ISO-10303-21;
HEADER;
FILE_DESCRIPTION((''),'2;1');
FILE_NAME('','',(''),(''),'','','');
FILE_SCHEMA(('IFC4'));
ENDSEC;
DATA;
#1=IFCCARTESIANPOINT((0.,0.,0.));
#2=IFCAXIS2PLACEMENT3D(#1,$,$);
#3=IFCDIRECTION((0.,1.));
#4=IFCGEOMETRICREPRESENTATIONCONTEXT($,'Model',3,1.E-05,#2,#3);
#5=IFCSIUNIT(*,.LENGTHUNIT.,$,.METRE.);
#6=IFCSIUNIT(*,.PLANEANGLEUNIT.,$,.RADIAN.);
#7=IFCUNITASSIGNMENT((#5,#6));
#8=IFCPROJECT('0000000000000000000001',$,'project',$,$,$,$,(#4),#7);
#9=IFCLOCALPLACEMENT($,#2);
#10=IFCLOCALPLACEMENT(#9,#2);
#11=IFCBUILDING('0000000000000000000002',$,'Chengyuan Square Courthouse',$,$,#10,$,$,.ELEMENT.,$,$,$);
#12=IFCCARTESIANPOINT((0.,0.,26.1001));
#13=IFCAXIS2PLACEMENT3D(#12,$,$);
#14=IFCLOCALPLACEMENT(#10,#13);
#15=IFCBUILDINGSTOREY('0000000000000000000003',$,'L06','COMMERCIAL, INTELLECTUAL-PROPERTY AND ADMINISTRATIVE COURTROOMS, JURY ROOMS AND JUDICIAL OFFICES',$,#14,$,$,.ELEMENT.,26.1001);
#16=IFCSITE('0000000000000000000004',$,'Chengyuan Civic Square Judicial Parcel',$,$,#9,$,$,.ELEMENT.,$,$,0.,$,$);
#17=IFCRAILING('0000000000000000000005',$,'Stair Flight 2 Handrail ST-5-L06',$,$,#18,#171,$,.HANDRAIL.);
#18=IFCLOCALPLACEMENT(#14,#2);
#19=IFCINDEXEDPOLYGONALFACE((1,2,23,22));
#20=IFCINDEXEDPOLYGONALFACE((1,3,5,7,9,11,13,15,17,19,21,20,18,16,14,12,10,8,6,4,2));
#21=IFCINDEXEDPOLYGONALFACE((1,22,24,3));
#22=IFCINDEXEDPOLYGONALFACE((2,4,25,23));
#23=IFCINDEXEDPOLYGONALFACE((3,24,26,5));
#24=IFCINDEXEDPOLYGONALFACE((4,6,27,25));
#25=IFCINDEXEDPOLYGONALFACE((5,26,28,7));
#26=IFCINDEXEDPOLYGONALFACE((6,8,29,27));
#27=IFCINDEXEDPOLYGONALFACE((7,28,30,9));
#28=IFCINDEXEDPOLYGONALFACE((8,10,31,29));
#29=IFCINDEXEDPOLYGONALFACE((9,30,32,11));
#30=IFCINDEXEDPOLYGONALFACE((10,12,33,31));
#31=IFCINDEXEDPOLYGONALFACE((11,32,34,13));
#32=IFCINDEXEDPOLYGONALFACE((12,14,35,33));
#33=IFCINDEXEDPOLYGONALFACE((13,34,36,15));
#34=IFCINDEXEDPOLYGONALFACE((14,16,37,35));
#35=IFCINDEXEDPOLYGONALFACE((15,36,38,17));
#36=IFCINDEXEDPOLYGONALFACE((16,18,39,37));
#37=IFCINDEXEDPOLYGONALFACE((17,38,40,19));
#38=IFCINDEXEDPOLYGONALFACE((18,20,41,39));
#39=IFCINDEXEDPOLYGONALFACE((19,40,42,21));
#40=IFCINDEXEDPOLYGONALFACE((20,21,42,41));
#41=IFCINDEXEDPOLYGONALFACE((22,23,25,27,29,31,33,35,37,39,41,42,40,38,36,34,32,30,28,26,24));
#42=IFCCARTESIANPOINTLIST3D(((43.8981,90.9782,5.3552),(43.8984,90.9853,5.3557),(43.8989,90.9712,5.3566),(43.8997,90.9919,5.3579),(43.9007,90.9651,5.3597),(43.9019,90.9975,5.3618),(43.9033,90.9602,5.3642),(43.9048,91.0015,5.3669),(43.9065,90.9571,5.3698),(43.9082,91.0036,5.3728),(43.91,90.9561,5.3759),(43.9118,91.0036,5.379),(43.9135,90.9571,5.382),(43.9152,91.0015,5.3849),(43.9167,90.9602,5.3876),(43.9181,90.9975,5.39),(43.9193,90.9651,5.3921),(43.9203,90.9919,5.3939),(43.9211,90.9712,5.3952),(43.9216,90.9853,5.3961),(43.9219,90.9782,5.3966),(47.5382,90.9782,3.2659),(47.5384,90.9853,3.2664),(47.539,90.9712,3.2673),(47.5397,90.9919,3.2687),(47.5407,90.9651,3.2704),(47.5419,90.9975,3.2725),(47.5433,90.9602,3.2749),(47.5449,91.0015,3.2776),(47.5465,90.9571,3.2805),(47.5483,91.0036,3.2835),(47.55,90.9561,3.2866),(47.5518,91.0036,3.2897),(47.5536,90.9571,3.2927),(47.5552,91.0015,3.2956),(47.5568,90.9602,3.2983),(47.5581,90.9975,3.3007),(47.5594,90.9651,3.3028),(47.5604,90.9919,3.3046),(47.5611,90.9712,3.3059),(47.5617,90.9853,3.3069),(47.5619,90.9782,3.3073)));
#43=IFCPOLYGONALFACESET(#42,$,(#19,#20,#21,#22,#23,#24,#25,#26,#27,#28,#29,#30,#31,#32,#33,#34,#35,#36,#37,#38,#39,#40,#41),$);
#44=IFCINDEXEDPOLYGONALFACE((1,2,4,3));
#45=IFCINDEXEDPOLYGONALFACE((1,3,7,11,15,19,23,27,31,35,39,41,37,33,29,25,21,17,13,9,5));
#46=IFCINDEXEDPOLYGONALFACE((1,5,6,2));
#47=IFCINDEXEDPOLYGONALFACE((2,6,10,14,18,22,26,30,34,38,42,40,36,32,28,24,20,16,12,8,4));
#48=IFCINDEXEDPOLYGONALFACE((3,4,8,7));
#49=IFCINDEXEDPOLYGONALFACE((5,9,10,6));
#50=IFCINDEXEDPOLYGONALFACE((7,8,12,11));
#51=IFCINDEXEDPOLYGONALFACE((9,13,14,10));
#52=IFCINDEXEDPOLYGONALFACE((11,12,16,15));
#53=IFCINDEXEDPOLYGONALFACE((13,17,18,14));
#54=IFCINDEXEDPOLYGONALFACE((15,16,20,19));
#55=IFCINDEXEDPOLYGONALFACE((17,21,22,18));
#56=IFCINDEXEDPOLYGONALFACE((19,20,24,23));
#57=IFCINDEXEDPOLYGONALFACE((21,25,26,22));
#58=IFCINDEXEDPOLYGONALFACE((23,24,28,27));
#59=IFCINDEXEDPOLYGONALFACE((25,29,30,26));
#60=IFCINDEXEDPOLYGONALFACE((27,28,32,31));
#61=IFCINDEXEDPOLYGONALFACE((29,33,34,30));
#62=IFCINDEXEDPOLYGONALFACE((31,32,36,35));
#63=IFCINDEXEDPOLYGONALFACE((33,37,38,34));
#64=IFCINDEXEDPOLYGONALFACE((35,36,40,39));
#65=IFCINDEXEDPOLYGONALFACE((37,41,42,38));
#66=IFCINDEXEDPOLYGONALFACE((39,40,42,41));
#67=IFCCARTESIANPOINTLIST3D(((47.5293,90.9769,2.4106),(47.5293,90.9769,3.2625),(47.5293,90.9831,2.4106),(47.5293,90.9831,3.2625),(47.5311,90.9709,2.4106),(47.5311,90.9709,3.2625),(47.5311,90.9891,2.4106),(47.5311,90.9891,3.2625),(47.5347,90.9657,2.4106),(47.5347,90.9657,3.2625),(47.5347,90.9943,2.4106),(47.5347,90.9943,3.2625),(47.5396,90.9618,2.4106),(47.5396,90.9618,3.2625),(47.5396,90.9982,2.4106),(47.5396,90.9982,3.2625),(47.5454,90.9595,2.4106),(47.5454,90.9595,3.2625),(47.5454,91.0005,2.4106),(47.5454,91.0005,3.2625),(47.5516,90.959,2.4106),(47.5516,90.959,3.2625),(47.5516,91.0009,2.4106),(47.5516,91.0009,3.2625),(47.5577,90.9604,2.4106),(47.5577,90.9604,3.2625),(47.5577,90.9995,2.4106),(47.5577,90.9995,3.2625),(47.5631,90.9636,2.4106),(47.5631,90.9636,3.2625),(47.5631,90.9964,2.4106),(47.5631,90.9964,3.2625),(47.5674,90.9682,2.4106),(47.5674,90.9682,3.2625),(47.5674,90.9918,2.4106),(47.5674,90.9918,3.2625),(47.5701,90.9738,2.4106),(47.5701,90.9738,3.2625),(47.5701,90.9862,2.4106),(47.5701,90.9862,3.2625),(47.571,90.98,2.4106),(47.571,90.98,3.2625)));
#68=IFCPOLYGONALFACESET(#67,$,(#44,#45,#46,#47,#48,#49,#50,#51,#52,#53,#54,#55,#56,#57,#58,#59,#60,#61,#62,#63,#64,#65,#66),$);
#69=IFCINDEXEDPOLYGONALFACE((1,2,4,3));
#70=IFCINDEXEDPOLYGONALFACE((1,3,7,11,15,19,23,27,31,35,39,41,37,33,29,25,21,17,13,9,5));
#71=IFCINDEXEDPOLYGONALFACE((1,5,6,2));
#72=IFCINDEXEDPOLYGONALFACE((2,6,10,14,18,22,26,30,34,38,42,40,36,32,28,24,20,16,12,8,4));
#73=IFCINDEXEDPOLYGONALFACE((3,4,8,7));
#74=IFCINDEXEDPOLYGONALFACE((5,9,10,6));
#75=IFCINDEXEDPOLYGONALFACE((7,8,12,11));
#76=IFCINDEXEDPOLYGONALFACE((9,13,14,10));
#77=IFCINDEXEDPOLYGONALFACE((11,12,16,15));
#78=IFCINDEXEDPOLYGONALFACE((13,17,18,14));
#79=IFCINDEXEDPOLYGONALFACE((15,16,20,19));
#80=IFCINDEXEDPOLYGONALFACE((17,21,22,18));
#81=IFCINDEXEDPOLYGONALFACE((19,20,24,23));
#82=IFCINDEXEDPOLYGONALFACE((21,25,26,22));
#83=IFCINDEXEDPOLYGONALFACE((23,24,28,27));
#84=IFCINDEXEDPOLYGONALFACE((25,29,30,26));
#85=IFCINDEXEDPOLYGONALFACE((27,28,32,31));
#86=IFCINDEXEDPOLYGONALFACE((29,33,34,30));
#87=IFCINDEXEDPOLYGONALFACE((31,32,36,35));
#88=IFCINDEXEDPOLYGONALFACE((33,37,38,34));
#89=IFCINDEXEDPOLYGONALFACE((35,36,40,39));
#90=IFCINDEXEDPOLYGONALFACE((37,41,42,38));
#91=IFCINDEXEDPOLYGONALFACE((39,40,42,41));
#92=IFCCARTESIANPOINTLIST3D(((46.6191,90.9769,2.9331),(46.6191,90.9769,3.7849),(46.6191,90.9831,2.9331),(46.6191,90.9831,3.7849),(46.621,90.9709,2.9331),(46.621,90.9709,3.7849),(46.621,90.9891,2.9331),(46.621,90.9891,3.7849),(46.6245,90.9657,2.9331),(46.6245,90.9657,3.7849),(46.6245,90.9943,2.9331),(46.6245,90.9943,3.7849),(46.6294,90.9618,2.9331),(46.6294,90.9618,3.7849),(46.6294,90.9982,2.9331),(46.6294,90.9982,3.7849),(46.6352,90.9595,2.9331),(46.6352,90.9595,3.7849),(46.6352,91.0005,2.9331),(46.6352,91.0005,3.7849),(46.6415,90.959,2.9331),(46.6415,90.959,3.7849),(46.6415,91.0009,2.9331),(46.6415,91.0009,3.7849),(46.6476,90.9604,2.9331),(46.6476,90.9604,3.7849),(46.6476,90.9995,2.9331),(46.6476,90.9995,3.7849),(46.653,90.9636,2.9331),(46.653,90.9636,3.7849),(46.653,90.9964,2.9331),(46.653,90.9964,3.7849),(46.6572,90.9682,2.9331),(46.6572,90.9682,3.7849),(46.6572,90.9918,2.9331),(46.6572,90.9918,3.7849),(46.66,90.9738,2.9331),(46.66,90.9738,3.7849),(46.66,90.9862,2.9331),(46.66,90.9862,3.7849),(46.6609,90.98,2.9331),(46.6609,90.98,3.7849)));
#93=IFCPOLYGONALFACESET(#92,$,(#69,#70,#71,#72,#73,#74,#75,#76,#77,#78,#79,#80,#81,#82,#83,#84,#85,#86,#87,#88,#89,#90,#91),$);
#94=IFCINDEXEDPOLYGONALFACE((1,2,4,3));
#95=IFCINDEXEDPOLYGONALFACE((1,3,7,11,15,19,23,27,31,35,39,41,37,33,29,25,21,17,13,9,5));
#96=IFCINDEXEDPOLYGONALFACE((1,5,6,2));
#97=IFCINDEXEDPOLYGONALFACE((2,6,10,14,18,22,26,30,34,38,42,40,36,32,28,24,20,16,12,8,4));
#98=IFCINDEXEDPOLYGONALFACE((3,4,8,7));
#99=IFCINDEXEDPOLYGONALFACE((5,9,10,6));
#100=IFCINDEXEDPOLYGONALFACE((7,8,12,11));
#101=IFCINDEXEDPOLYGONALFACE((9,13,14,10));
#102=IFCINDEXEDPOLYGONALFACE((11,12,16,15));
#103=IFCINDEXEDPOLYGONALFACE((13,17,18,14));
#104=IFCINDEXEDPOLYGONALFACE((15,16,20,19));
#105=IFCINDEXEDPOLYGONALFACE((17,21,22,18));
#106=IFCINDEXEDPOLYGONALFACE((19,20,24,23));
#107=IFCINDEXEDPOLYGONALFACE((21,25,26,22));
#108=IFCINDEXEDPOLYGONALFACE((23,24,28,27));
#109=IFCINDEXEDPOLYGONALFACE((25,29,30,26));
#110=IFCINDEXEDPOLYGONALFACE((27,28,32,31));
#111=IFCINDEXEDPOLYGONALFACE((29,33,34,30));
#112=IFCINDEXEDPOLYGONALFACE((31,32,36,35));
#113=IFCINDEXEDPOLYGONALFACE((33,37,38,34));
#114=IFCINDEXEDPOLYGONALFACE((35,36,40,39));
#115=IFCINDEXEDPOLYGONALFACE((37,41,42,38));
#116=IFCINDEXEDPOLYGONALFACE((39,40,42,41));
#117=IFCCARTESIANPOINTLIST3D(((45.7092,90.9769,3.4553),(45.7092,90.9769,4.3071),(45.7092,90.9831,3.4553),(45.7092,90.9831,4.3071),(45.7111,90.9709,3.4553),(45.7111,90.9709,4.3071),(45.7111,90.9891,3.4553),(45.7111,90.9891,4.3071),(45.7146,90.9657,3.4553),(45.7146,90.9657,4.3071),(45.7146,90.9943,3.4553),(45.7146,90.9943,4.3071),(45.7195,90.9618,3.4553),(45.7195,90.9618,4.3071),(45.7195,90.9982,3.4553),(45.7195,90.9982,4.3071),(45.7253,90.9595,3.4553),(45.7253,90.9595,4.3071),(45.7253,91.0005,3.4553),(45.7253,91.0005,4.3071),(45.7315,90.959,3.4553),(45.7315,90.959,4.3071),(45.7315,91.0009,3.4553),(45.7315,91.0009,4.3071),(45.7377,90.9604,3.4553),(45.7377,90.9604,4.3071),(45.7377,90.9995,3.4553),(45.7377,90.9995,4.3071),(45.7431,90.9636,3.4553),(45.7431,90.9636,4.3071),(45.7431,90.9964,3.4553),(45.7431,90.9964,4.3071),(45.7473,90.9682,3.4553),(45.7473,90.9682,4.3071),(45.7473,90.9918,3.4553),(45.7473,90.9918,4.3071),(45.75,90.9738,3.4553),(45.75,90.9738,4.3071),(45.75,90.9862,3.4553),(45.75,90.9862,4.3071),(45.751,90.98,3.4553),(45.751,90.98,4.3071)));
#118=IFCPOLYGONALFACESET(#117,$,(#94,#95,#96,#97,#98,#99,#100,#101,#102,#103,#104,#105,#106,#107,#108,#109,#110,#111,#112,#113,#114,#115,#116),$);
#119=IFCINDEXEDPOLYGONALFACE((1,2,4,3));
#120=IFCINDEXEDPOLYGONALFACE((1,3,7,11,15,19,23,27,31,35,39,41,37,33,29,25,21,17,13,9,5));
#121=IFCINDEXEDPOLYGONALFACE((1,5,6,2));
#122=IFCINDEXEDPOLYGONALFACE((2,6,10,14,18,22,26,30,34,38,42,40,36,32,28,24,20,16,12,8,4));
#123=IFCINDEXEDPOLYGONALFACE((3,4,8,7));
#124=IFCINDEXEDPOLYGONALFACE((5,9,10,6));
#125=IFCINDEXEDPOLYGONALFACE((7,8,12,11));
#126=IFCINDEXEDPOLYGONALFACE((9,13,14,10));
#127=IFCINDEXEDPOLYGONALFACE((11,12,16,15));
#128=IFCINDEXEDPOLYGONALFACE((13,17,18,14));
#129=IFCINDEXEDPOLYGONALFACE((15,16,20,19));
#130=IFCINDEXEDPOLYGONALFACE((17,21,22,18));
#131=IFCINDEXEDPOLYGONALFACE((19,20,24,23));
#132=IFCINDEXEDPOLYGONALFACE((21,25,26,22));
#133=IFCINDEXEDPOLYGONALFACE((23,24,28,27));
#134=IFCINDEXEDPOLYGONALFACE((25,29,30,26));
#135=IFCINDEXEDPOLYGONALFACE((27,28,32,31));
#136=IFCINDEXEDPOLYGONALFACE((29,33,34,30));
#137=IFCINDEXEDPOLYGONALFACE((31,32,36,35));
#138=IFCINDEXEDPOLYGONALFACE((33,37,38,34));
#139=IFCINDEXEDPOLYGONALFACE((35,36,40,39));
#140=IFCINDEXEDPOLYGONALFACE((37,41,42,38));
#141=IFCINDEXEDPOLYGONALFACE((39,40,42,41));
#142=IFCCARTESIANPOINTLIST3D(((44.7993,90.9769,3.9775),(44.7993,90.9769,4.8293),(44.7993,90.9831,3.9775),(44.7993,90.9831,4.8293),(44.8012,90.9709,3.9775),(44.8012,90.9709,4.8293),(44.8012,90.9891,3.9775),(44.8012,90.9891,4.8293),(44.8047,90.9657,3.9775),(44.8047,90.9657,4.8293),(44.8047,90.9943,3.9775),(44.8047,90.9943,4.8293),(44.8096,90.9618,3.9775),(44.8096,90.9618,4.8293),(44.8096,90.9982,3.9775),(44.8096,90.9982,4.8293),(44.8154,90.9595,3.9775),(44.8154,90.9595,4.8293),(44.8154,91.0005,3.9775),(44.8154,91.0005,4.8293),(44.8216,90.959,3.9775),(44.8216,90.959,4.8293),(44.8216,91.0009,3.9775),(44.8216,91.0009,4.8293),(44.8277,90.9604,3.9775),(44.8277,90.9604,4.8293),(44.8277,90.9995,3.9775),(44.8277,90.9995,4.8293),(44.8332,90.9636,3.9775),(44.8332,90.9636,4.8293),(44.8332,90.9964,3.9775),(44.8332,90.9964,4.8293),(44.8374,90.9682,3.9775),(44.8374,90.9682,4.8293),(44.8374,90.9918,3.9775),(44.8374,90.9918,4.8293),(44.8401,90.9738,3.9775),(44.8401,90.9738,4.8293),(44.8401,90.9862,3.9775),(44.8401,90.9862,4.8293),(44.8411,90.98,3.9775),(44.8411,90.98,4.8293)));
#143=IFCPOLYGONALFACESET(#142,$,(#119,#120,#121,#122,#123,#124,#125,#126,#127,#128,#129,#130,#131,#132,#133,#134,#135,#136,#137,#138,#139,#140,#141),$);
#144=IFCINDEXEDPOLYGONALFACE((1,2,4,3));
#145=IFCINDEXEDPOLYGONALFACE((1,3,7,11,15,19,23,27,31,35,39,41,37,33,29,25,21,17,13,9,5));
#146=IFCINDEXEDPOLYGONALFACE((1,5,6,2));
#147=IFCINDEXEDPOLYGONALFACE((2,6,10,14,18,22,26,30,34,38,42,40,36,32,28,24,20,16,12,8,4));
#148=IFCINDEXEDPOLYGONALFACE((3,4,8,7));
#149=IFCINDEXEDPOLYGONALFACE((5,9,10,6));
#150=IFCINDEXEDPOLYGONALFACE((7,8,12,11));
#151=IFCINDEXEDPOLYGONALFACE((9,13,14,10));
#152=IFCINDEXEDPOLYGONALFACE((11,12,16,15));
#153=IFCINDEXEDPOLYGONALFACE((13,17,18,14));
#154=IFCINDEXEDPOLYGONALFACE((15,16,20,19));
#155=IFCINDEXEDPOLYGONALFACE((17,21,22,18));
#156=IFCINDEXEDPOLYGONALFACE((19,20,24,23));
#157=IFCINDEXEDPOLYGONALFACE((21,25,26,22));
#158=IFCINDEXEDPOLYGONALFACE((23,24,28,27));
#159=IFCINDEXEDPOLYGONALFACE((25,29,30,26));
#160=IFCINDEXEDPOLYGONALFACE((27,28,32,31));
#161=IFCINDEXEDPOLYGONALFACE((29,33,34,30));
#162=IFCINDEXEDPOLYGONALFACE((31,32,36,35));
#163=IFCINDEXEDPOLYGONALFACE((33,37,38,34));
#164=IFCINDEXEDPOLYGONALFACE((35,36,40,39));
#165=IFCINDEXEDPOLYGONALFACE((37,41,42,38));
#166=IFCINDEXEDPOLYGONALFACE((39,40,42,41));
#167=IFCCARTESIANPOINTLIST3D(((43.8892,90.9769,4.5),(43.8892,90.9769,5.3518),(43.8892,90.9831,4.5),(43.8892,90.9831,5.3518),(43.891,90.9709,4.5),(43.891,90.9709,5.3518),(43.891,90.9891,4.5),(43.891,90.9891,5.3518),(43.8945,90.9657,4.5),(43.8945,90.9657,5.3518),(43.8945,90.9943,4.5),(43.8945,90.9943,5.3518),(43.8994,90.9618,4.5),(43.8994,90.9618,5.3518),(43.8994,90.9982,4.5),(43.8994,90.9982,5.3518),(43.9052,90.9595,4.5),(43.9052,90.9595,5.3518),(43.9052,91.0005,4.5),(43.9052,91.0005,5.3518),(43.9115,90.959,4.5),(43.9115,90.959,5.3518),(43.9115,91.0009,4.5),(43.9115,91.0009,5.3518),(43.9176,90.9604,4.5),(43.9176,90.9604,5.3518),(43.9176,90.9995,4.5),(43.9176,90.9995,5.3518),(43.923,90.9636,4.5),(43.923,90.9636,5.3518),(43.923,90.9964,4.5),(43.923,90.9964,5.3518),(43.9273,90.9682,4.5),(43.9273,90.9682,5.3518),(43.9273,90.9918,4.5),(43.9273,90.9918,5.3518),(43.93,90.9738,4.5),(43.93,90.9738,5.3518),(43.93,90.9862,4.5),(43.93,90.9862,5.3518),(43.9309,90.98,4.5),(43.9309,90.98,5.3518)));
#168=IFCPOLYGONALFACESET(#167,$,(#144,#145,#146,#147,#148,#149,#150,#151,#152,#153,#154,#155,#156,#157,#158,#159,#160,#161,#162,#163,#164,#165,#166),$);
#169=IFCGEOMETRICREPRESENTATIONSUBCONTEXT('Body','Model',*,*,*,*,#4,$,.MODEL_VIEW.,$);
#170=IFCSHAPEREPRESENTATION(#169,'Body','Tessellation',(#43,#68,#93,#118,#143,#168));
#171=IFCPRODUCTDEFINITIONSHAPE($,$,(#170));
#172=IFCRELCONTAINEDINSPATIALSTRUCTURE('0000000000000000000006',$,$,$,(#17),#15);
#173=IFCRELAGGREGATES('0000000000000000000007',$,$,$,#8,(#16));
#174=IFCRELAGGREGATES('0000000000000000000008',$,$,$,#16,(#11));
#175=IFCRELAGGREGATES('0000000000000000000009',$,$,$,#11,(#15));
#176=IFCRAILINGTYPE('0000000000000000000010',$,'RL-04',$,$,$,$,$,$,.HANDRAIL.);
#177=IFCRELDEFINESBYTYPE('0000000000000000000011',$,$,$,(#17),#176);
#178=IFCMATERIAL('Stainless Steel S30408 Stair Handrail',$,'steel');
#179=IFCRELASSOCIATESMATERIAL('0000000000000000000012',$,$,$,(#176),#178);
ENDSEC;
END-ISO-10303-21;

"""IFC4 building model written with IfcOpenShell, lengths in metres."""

from ifc_helpers import new_model, si_unit, direction, frame, origin, origin_2d, place, context, subcontext, project, spatial, circle, extrude, material, type_object, element, save


model = new_model("IFC4")

# Units and contexts
model_context = context("Model", 3, precision=1e-05, world=origin(), true_north=direction((0.0, 1.0)))
body_context = subcontext(model_context, "Body", "Model", "MODEL_VIEW")
ifc_project = project(units=[si_unit("LENGTHUNIT", "METRE"), si_unit("PLANEANGLEUNIT", "RADIAN")], contexts=[model_context])

# Site, building, storey
site_placement = place(None, origin())
site = spatial("IfcSite", under=ifc_project, at=site_placement, Name="Chengyuan Civic Square Judicial Parcel", CompositionType="ELEMENT", RefElevation=0.0)
building_placement = place(site_placement, origin())
building = spatial("IfcBuilding", under=site, at=building_placement, Name="Chengyuan Square Courthouse", CompositionType="ELEMENT")
storey_placement = place(building_placement, frame((0.0, 0.0, 26.1001)))
storey = spatial("IfcBuildingStorey", under=building, at=storey_placement, Name="L06", Description="COMMERCIAL, INTELLECTUAL-PROPERTY AND ADMINISTRATIVE COURTROOMS, JURY ROOMS AND JUDICIAL OFFICES", CompositionType="ELEMENT", Elevation=26.1001)

# Railing
ifc_material_1 = material(Name="Stainless Steel S30408 Stair Handrail", Category="steel")
railing_type_1 = type_object("IfcRailingType", Name="RL-04", PredefinedType="HANDRAIL", material=ifc_material_1)
railing_1_placement = place(storey_placement, frame((47.55, 90.98, 2.4106)))
element("IfcRailing", 1, at=railing_1_placement, inside=storey, type_object=railing_type_1, Name="Stair Flight 2 Handrail ST-5-L06", PredefinedType="HANDRAIL", context=body_context, shape_type="SweptSolid", body=[
    extrude(circle(Radius=0.0239, at=origin_2d()), frame((0.0, 0.0, 0.876), z_axis=(-0.867289, 0.0, 0.497804), x_axis=(0.0, -1.0, 0.0)), (0.0, 0.0, 1.0), 4.197),
    extrude(circle(Radius=0.021, at=origin_2d()), origin(), (0.0, 0.0, 1.0), 0.8518),
    extrude(circle(Radius=0.021, at=origin_2d()), frame((-0.9102, 0.0, 0.5225)), (0.0, 0.0, 1.0), 0.8518),
    extrude(circle(Radius=0.021, at=origin_2d()), frame((-1.8201, 0.0, 1.0447)), (0.0, 0.0, 1.0), 0.8518),
    extrude(circle(Radius=0.021, at=origin_2d()), frame((-2.73, 0.0, 1.5669)), (0.0, 0.0, 1.0), 0.8518),
    extrude(circle(Radius=0.021, at=origin_2d()), frame((-3.6401, 0.0, 2.0894)), (0.0, 0.0, 1.0), 0.8518),
])

save(model, "model.ifc")
